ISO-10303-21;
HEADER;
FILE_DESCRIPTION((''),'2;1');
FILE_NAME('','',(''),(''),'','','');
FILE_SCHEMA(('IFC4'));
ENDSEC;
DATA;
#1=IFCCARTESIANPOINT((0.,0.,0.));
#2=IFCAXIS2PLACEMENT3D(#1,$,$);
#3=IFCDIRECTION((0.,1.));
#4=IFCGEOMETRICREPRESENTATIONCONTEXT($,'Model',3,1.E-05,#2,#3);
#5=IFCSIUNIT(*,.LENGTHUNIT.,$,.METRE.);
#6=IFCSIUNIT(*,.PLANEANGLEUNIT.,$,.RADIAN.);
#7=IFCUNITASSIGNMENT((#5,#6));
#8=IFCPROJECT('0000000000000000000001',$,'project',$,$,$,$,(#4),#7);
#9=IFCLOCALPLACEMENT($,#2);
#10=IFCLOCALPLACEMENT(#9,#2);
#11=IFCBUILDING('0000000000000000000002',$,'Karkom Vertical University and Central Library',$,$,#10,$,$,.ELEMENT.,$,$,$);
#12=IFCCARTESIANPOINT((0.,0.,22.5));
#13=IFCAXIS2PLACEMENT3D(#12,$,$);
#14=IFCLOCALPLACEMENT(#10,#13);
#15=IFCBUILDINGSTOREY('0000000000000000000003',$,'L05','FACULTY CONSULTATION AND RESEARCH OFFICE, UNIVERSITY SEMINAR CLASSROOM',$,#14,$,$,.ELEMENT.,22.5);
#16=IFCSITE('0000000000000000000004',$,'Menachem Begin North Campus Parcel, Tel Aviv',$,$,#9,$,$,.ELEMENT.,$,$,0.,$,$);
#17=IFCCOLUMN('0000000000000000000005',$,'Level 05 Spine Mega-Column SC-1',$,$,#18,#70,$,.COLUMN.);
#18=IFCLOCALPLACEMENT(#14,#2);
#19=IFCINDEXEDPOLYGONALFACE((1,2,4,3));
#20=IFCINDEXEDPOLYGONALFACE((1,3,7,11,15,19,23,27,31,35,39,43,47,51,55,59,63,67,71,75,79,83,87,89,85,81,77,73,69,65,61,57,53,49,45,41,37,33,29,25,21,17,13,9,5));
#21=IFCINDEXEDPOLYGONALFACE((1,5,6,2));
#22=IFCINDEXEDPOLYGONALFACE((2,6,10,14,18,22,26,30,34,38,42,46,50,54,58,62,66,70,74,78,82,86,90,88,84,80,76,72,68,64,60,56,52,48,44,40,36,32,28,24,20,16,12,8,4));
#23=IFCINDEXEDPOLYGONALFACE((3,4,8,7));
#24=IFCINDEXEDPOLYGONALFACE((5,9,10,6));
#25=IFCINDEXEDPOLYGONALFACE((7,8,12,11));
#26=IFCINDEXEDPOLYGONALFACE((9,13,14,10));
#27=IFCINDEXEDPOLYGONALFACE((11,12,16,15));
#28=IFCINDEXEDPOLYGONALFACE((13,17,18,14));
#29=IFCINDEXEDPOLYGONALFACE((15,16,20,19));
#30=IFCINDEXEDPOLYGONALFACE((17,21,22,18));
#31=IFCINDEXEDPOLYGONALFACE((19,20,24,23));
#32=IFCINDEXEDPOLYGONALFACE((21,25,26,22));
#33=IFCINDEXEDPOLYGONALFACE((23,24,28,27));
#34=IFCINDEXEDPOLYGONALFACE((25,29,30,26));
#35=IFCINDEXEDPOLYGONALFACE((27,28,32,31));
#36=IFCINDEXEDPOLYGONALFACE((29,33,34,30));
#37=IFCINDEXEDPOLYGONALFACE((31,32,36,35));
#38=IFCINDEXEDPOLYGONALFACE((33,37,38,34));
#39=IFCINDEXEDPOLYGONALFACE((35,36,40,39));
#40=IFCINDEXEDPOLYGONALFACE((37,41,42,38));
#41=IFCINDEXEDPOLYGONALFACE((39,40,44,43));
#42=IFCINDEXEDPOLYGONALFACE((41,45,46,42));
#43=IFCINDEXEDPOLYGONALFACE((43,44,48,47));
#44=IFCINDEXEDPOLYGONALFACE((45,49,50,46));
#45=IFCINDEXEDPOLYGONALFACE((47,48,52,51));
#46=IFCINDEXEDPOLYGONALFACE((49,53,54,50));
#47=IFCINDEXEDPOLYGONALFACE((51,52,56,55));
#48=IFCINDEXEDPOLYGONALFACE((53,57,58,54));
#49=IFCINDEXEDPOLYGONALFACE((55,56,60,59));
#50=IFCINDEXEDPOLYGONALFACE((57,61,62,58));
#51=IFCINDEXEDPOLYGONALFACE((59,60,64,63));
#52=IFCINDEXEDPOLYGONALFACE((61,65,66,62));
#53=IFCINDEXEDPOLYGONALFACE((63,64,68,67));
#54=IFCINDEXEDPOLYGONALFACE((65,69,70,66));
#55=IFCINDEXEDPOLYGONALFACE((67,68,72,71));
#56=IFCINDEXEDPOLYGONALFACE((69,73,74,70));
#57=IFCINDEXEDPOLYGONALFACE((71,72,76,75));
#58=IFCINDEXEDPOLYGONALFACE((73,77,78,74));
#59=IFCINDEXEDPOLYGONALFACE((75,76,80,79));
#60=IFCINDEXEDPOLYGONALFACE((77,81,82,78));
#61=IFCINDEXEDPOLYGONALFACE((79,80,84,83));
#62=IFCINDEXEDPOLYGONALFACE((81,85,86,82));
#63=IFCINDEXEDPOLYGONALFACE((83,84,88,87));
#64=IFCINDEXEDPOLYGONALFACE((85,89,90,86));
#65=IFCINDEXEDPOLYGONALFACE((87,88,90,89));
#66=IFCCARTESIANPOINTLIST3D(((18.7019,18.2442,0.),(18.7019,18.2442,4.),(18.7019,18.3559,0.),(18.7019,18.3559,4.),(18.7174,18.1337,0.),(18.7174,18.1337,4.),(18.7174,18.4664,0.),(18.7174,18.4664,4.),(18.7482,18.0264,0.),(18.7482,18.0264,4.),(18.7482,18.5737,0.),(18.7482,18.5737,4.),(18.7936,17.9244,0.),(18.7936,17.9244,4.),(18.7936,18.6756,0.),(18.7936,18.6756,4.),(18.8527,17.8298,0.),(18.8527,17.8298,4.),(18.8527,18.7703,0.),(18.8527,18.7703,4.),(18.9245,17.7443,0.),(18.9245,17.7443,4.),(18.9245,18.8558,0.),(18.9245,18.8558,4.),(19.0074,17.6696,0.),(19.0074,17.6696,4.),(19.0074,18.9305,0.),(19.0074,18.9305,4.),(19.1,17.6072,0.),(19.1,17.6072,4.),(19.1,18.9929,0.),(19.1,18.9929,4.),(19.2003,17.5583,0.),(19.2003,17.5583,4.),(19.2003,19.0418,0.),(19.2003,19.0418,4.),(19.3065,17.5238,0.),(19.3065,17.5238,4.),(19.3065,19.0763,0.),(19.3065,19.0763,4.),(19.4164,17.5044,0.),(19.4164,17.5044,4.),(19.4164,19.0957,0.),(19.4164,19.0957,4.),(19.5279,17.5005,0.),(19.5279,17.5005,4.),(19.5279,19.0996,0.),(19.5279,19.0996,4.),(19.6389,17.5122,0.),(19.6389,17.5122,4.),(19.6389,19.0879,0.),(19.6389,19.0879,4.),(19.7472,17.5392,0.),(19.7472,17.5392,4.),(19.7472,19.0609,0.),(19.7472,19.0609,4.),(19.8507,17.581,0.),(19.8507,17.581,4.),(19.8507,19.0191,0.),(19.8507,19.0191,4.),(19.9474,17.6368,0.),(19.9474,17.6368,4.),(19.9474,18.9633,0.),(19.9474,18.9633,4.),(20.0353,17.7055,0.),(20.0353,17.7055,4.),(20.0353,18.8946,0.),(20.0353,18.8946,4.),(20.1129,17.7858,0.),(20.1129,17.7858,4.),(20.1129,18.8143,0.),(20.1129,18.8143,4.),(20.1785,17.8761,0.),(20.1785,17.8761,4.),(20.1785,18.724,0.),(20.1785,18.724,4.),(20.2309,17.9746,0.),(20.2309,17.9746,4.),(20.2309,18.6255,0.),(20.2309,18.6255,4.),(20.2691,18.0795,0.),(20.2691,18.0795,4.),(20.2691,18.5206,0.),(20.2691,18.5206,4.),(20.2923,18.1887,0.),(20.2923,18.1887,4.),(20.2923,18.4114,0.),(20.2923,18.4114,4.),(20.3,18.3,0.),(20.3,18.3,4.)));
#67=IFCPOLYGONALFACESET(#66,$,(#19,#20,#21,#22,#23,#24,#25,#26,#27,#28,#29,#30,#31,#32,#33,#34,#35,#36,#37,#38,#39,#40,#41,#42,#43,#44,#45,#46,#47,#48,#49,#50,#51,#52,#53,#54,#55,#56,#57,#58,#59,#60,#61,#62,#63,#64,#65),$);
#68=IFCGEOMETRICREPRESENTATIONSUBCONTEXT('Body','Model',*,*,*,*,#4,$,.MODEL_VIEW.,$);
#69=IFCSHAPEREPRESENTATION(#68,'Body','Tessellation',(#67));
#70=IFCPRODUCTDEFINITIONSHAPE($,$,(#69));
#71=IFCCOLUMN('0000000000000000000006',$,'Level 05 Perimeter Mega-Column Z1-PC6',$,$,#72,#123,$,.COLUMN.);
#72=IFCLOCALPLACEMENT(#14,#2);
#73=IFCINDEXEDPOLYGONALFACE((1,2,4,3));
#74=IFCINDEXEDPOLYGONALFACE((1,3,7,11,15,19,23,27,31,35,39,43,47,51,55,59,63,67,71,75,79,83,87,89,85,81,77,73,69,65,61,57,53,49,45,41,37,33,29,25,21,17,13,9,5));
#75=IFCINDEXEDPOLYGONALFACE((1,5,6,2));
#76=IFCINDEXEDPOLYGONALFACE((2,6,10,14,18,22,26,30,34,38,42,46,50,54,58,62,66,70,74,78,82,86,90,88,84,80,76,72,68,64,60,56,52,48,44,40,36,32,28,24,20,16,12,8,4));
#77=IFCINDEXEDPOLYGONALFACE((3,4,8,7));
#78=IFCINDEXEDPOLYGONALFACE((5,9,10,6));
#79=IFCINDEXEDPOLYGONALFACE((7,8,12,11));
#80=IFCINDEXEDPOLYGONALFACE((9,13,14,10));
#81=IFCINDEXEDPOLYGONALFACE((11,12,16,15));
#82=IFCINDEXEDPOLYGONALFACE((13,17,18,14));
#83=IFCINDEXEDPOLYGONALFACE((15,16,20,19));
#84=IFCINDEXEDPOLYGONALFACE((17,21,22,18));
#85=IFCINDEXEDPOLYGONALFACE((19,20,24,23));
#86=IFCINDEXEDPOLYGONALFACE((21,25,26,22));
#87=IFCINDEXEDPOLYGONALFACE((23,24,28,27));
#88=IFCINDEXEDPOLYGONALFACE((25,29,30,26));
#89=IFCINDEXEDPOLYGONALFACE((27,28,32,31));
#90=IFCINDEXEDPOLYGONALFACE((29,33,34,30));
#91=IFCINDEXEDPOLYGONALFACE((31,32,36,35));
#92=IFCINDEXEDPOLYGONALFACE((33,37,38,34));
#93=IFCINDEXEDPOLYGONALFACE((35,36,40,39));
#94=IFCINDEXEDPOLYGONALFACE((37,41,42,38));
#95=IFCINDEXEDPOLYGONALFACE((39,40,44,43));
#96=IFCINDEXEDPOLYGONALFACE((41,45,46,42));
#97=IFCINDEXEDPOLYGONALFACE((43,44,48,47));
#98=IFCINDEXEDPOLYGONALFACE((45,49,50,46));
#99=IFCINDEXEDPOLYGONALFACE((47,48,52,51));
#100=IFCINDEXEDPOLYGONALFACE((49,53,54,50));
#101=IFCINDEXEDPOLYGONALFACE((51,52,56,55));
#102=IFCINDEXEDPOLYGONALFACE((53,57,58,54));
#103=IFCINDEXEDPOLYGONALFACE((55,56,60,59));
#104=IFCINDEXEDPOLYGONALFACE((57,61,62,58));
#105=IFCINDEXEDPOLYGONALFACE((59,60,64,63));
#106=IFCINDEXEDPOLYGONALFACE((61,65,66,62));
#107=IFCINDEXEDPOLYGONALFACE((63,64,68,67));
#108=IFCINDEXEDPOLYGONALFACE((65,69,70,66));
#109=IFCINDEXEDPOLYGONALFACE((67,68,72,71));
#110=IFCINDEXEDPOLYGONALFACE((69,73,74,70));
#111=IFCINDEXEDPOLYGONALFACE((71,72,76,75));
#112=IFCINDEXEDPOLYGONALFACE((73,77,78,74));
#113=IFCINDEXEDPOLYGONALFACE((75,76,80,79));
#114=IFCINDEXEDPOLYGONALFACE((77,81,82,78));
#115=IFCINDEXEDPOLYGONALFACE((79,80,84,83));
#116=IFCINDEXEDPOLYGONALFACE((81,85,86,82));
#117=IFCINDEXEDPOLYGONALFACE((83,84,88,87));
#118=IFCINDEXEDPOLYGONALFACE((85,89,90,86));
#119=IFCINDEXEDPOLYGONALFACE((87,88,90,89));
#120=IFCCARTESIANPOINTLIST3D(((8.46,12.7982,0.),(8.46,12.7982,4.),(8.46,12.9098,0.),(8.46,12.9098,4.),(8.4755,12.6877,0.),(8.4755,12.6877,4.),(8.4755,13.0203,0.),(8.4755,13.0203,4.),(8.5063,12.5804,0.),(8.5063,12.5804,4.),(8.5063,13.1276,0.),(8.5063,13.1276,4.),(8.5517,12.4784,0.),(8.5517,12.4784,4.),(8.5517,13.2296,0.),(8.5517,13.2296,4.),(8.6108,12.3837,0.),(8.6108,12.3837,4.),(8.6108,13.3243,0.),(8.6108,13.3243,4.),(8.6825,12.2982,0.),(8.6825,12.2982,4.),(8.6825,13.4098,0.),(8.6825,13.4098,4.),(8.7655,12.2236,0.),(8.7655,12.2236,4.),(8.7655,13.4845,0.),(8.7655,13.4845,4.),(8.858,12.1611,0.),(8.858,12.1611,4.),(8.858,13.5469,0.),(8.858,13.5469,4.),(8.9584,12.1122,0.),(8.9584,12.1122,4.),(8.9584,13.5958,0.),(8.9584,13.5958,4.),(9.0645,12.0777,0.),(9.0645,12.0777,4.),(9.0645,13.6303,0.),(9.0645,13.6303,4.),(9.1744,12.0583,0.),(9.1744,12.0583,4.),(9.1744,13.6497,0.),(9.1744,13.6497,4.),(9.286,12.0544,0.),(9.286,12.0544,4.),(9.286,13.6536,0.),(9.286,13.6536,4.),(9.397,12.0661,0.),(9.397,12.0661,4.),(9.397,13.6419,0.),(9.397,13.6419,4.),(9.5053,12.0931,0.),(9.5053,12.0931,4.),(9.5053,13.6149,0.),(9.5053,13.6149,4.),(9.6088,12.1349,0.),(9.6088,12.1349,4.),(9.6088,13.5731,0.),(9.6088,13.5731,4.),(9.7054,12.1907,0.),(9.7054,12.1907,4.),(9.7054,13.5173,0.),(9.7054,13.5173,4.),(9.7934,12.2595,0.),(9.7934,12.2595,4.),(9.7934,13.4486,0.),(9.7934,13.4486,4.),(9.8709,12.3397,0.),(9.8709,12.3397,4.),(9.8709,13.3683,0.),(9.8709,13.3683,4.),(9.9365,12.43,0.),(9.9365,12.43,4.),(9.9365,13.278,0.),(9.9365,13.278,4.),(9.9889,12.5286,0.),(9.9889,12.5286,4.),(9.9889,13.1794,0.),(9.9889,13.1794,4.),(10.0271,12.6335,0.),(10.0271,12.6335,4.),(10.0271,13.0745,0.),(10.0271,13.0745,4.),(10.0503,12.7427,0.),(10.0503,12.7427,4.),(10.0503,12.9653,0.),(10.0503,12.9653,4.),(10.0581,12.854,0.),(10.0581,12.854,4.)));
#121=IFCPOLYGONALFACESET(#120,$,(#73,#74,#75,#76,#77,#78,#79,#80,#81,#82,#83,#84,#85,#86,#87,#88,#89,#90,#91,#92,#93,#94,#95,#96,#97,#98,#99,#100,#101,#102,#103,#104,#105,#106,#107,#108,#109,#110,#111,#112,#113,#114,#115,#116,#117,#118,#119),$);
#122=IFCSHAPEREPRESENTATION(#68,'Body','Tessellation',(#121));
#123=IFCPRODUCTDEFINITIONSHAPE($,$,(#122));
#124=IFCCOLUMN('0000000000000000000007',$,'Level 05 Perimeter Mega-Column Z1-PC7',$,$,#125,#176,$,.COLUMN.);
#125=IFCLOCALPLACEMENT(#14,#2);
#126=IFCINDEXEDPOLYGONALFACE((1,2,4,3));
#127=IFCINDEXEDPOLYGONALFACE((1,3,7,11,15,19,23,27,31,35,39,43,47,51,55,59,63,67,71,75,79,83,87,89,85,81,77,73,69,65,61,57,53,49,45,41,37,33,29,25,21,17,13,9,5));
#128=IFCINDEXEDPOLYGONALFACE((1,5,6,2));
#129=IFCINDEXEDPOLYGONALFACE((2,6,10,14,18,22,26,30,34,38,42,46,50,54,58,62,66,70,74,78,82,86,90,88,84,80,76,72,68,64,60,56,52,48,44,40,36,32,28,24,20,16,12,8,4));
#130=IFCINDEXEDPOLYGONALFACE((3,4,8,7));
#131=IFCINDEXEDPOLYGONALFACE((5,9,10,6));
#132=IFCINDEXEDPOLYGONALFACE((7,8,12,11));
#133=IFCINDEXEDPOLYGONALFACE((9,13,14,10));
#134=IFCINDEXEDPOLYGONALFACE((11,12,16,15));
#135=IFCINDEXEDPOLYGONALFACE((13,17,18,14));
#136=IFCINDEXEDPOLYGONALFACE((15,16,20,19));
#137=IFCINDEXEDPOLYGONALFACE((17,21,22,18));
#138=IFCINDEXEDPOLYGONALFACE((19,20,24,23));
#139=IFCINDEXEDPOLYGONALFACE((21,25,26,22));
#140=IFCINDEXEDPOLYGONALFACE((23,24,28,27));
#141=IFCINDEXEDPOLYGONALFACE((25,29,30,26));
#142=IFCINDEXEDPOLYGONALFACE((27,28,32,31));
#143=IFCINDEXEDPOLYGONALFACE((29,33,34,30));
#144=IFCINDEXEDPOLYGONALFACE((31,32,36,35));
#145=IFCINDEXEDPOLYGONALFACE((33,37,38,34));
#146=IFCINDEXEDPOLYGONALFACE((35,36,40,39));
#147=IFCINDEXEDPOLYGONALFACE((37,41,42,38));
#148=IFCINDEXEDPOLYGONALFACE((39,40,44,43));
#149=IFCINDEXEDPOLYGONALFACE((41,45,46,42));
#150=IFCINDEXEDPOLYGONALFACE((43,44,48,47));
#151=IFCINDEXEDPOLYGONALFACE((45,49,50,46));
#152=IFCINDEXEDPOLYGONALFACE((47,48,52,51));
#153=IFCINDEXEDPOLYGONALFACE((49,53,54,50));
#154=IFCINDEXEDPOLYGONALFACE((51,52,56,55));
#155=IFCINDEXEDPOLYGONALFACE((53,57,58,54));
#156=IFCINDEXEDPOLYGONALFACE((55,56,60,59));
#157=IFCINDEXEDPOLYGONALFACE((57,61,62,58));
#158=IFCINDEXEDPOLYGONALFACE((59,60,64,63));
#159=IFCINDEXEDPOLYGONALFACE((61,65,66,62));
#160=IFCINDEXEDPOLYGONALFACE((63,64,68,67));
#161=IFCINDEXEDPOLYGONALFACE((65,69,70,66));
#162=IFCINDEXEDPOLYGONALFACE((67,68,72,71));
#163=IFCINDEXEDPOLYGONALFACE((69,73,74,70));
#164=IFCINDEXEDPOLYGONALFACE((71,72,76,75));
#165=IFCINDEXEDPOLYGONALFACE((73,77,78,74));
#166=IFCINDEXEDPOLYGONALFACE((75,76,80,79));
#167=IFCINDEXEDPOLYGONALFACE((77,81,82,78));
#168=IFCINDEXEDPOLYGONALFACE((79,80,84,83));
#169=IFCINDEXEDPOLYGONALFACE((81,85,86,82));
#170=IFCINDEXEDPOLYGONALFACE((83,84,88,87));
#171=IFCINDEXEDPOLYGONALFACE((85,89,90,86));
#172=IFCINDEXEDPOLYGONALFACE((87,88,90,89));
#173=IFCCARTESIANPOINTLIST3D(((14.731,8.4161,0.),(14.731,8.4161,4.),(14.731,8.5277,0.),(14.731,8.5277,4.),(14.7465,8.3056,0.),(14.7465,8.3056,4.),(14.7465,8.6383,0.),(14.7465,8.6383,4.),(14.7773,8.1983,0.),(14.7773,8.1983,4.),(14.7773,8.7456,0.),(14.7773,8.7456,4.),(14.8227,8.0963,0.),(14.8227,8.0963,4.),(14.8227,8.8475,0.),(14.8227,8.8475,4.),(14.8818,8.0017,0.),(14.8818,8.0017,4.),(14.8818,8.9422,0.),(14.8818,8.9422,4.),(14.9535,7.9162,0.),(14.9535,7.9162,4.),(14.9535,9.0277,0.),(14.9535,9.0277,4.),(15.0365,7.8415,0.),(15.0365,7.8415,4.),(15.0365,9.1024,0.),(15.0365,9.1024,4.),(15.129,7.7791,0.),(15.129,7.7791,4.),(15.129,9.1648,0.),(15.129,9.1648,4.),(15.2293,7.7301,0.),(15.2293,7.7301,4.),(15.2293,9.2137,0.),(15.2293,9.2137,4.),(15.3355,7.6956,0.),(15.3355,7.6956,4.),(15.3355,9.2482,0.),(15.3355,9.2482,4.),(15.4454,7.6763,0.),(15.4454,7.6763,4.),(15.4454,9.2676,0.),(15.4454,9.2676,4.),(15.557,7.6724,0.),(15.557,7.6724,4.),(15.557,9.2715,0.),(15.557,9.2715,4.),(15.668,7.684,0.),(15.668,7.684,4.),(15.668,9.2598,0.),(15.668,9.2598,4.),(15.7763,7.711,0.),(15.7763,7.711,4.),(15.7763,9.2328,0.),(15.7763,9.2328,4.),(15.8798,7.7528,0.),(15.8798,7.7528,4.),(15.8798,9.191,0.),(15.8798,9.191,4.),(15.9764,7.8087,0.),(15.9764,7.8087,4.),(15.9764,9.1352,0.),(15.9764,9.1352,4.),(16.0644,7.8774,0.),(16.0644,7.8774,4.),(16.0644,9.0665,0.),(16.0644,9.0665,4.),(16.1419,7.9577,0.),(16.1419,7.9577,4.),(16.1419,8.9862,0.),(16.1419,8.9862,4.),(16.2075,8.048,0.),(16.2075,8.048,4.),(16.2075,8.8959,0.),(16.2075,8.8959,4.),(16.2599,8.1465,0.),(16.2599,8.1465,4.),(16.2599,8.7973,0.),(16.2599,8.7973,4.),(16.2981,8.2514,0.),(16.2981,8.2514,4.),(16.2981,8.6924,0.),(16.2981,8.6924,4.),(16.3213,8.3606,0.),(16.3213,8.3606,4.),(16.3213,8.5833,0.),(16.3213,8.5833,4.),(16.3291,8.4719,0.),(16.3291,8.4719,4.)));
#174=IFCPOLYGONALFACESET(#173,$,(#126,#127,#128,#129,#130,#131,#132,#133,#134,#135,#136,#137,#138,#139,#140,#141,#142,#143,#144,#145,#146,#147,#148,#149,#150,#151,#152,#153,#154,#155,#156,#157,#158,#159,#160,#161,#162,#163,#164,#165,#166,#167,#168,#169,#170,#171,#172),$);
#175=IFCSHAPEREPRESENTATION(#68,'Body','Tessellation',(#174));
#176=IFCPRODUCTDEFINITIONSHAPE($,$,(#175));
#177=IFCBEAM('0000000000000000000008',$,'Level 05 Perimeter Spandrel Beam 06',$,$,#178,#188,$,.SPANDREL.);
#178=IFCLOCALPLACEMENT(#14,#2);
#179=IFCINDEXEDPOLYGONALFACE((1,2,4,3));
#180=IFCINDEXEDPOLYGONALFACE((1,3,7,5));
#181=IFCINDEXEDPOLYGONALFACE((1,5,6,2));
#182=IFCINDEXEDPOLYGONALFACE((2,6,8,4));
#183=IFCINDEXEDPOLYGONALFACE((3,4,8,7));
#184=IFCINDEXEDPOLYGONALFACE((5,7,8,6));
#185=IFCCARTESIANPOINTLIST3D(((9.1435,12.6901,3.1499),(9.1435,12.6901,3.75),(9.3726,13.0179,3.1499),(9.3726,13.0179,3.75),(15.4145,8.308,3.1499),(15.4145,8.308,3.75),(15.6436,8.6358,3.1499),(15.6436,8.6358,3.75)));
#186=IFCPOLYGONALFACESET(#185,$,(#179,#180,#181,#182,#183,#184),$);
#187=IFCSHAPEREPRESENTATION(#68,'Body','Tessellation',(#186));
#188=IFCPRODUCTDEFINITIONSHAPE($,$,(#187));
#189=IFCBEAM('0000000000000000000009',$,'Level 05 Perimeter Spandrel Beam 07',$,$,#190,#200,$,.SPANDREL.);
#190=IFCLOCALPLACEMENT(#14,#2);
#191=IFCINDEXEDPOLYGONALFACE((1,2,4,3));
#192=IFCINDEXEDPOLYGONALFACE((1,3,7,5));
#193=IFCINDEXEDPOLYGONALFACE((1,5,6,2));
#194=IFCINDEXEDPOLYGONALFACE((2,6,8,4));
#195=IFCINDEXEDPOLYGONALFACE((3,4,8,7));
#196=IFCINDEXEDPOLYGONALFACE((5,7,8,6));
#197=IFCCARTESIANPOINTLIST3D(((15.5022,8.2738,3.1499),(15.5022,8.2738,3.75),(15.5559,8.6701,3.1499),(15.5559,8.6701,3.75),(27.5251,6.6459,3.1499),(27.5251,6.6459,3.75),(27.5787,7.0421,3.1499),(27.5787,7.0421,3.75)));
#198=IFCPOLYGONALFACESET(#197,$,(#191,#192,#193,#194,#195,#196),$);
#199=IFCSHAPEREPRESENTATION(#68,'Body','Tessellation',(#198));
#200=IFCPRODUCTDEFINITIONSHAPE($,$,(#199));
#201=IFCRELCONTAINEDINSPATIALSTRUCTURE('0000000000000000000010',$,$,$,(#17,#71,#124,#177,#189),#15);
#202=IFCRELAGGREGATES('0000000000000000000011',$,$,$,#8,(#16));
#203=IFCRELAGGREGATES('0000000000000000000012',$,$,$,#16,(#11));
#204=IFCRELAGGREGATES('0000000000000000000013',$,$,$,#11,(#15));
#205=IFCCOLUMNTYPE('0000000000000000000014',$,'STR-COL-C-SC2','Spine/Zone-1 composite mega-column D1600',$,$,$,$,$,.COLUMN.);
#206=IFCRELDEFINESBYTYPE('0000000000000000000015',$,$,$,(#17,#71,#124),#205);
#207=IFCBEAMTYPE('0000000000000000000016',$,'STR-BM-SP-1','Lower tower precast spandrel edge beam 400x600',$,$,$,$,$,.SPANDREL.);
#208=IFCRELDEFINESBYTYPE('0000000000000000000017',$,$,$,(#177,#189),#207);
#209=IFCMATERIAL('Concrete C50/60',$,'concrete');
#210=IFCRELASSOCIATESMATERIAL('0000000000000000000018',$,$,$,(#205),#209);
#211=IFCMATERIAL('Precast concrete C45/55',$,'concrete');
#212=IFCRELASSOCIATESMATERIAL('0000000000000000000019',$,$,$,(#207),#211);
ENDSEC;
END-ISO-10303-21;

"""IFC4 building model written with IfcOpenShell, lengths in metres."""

from ifc_helpers import new_model, si_unit, direction, frame, origin, origin_with_axes, origin_2d, place, context, subcontext, project, spatial, rectangle, circle, extrude, source, transform, mapped, material, material_profile, profile_set, type_object, element, save


model = new_model("IFC4")

# Units and contexts
model_context = context("Model", 3, precision=1e-05, world=origin(), true_north=direction((0.0, 1.0)))
body_context = subcontext(model_context, "Body", "Model", "MODEL_VIEW")
ifc_project = project(units=[si_unit("LENGTHUNIT", "METRE"), si_unit("PLANEANGLEUNIT", "RADIAN")], contexts=[model_context])

# Site, building, storey
site_placement = place(None, origin())
site = spatial("IfcSite", under=ifc_project, at=site_placement, Name="Menachem Begin North Campus Parcel, Tel Aviv", CompositionType="ELEMENT", RefElevation=0.0)
building_placement = place(site_placement, origin())
building = spatial("IfcBuilding", under=site, at=building_placement, Name="Karkom Vertical University and Central Library", CompositionType="ELEMENT")
storey_placement = place(building_placement, frame((0.0, 0.0, 22.5)))
storey = spatial("IfcBuildingStorey", under=building, at=storey_placement, Name="L05", Description="FACULTY CONSULTATION AND RESEARCH OFFICE, UNIVERSITY SEMINAR CLASSROOM", CompositionType="ELEMENT", Elevation=22.5)

# Columns
ifc_material_1 = material(Name="Concrete C50/60", Category="concrete")
ifc_material_profile_1 = material_profile(ifc_material_1, circle(Radius=0.8, at=origin_2d()), Name="CFT-D1600")
ifc_profile_set_1 = profile_set([ifc_material_profile_1], Name="Concrete C50/60")
column_type = type_object("IfcColumnType", Name="STR-COL-C-SC2", Description="Spine/Zone-1 composite mega-column D1600", PredefinedType="COLUMN", material=ifc_profile_set_1)
shared_shape_1 = source(origin_with_axes(), body_context, "Body", "SweptSolid", [
    extrude(circle(Radius=0.8, at=origin_2d()), origin(), (0.0, 0.0, 1.0), 4.0),
])
for number, where, z_axis, x_axis, name in (
    (1, (19.5, 18.3, 0.0), (0.0, 0.0, 1.0), (1.0, 0.0, 0.0), "Level 05 Spine Mega-Column SC-1"),
    (2, (9.2581, 12.854, 0.0), (0.0, 0.0, 1.0), (1.0, 0.0, 0.0), "Level 05 Perimeter Mega-Column Z1-PC6"),
    (3, (15.5291, 8.4719, 0.0), (0.0, 0.0, 1.0), (1.0, 0.0, 0.0), "Level 05 Perimeter Mega-Column Z1-PC7"),
):
    element("IfcColumn", number, at=place(storey_placement, frame(where, z_axis=z_axis, x_axis=x_axis)), inside=storey, type_object=column_type, Name=name, PredefinedType="COLUMN", context=body_context, shape_type="MappedRepresentation", body=[
        mapped(shared_shape_1, transform((0.0, 0.0, 0.0), scale=1.0)),
    ])

# Beams
ifc_material_2 = material(Name="Precast concrete C45/55", Category="concrete")
ifc_material_profile_2 = material_profile(ifc_material_2, rectangle(XDim=0.3999, YDim=0.6001, at=origin_2d()), Name="SPB-400x600")
ifc_profile_set_2 = profile_set([ifc_material_profile_2], Name="Precast concrete C45/55")
beam_type_1 = type_object("IfcBeamType", Name="STR-BM-SP-1", Description="Lower tower precast spandrel edge beam 400x600", PredefinedType="SPANDREL", material=ifc_profile_set_2)
shared_shape_2 = source(origin_with_axes(), body_context, "Body", "SweptSolid", [
    extrude(rectangle(XDim=0.3999, YDim=0.6001, at=origin_2d()), origin(), (0.0, 0.0, 1.0), 7.6504),
])
beam_1_placement = place(storey_placement, frame((9.2581, 12.854, 3.45), z_axis=(0.819699, -0.572794, 0.0), x_axis=(0.572794, 0.819699, 0.0)))
element("IfcBeam", 4, at=beam_1_placement, inside=storey, type_object=beam_type_1, Name="Level 05 Perimeter Spandrel Beam 06", PredefinedType="SPANDREL", context=body_context, shape_type="MappedRepresentation", body=[
    mapped(shared_shape_2, transform((0.0, 0.0, 0.0), scale=1.0)),
])
shared_shape_3 = source(origin_with_axes(), body_context, "Body", "SweptSolid", [
    extrude(rectangle(XDim=0.3999, YDim=0.6001, at=origin_2d()), origin(), (0.0, 0.0, 1.0), 12.1326),
])
beam_2_placement = place(storey_placement, frame((15.5291, 8.4719, 3.45), z_axis=(0.990957, -0.134177, 0.0), x_axis=(0.134177, 0.990957, 0.0)))
element("IfcBeam", 5, at=beam_2_placement, inside=storey, type_object=beam_type_1, Name="Level 05 Perimeter Spandrel Beam 07", PredefinedType="SPANDREL", context=body_context, shape_type="MappedRepresentation", body=[
    mapped(shared_shape_3, transform((0.0, 0.0, 0.0), scale=1.0)),
])

save(model, "model.ifc")
